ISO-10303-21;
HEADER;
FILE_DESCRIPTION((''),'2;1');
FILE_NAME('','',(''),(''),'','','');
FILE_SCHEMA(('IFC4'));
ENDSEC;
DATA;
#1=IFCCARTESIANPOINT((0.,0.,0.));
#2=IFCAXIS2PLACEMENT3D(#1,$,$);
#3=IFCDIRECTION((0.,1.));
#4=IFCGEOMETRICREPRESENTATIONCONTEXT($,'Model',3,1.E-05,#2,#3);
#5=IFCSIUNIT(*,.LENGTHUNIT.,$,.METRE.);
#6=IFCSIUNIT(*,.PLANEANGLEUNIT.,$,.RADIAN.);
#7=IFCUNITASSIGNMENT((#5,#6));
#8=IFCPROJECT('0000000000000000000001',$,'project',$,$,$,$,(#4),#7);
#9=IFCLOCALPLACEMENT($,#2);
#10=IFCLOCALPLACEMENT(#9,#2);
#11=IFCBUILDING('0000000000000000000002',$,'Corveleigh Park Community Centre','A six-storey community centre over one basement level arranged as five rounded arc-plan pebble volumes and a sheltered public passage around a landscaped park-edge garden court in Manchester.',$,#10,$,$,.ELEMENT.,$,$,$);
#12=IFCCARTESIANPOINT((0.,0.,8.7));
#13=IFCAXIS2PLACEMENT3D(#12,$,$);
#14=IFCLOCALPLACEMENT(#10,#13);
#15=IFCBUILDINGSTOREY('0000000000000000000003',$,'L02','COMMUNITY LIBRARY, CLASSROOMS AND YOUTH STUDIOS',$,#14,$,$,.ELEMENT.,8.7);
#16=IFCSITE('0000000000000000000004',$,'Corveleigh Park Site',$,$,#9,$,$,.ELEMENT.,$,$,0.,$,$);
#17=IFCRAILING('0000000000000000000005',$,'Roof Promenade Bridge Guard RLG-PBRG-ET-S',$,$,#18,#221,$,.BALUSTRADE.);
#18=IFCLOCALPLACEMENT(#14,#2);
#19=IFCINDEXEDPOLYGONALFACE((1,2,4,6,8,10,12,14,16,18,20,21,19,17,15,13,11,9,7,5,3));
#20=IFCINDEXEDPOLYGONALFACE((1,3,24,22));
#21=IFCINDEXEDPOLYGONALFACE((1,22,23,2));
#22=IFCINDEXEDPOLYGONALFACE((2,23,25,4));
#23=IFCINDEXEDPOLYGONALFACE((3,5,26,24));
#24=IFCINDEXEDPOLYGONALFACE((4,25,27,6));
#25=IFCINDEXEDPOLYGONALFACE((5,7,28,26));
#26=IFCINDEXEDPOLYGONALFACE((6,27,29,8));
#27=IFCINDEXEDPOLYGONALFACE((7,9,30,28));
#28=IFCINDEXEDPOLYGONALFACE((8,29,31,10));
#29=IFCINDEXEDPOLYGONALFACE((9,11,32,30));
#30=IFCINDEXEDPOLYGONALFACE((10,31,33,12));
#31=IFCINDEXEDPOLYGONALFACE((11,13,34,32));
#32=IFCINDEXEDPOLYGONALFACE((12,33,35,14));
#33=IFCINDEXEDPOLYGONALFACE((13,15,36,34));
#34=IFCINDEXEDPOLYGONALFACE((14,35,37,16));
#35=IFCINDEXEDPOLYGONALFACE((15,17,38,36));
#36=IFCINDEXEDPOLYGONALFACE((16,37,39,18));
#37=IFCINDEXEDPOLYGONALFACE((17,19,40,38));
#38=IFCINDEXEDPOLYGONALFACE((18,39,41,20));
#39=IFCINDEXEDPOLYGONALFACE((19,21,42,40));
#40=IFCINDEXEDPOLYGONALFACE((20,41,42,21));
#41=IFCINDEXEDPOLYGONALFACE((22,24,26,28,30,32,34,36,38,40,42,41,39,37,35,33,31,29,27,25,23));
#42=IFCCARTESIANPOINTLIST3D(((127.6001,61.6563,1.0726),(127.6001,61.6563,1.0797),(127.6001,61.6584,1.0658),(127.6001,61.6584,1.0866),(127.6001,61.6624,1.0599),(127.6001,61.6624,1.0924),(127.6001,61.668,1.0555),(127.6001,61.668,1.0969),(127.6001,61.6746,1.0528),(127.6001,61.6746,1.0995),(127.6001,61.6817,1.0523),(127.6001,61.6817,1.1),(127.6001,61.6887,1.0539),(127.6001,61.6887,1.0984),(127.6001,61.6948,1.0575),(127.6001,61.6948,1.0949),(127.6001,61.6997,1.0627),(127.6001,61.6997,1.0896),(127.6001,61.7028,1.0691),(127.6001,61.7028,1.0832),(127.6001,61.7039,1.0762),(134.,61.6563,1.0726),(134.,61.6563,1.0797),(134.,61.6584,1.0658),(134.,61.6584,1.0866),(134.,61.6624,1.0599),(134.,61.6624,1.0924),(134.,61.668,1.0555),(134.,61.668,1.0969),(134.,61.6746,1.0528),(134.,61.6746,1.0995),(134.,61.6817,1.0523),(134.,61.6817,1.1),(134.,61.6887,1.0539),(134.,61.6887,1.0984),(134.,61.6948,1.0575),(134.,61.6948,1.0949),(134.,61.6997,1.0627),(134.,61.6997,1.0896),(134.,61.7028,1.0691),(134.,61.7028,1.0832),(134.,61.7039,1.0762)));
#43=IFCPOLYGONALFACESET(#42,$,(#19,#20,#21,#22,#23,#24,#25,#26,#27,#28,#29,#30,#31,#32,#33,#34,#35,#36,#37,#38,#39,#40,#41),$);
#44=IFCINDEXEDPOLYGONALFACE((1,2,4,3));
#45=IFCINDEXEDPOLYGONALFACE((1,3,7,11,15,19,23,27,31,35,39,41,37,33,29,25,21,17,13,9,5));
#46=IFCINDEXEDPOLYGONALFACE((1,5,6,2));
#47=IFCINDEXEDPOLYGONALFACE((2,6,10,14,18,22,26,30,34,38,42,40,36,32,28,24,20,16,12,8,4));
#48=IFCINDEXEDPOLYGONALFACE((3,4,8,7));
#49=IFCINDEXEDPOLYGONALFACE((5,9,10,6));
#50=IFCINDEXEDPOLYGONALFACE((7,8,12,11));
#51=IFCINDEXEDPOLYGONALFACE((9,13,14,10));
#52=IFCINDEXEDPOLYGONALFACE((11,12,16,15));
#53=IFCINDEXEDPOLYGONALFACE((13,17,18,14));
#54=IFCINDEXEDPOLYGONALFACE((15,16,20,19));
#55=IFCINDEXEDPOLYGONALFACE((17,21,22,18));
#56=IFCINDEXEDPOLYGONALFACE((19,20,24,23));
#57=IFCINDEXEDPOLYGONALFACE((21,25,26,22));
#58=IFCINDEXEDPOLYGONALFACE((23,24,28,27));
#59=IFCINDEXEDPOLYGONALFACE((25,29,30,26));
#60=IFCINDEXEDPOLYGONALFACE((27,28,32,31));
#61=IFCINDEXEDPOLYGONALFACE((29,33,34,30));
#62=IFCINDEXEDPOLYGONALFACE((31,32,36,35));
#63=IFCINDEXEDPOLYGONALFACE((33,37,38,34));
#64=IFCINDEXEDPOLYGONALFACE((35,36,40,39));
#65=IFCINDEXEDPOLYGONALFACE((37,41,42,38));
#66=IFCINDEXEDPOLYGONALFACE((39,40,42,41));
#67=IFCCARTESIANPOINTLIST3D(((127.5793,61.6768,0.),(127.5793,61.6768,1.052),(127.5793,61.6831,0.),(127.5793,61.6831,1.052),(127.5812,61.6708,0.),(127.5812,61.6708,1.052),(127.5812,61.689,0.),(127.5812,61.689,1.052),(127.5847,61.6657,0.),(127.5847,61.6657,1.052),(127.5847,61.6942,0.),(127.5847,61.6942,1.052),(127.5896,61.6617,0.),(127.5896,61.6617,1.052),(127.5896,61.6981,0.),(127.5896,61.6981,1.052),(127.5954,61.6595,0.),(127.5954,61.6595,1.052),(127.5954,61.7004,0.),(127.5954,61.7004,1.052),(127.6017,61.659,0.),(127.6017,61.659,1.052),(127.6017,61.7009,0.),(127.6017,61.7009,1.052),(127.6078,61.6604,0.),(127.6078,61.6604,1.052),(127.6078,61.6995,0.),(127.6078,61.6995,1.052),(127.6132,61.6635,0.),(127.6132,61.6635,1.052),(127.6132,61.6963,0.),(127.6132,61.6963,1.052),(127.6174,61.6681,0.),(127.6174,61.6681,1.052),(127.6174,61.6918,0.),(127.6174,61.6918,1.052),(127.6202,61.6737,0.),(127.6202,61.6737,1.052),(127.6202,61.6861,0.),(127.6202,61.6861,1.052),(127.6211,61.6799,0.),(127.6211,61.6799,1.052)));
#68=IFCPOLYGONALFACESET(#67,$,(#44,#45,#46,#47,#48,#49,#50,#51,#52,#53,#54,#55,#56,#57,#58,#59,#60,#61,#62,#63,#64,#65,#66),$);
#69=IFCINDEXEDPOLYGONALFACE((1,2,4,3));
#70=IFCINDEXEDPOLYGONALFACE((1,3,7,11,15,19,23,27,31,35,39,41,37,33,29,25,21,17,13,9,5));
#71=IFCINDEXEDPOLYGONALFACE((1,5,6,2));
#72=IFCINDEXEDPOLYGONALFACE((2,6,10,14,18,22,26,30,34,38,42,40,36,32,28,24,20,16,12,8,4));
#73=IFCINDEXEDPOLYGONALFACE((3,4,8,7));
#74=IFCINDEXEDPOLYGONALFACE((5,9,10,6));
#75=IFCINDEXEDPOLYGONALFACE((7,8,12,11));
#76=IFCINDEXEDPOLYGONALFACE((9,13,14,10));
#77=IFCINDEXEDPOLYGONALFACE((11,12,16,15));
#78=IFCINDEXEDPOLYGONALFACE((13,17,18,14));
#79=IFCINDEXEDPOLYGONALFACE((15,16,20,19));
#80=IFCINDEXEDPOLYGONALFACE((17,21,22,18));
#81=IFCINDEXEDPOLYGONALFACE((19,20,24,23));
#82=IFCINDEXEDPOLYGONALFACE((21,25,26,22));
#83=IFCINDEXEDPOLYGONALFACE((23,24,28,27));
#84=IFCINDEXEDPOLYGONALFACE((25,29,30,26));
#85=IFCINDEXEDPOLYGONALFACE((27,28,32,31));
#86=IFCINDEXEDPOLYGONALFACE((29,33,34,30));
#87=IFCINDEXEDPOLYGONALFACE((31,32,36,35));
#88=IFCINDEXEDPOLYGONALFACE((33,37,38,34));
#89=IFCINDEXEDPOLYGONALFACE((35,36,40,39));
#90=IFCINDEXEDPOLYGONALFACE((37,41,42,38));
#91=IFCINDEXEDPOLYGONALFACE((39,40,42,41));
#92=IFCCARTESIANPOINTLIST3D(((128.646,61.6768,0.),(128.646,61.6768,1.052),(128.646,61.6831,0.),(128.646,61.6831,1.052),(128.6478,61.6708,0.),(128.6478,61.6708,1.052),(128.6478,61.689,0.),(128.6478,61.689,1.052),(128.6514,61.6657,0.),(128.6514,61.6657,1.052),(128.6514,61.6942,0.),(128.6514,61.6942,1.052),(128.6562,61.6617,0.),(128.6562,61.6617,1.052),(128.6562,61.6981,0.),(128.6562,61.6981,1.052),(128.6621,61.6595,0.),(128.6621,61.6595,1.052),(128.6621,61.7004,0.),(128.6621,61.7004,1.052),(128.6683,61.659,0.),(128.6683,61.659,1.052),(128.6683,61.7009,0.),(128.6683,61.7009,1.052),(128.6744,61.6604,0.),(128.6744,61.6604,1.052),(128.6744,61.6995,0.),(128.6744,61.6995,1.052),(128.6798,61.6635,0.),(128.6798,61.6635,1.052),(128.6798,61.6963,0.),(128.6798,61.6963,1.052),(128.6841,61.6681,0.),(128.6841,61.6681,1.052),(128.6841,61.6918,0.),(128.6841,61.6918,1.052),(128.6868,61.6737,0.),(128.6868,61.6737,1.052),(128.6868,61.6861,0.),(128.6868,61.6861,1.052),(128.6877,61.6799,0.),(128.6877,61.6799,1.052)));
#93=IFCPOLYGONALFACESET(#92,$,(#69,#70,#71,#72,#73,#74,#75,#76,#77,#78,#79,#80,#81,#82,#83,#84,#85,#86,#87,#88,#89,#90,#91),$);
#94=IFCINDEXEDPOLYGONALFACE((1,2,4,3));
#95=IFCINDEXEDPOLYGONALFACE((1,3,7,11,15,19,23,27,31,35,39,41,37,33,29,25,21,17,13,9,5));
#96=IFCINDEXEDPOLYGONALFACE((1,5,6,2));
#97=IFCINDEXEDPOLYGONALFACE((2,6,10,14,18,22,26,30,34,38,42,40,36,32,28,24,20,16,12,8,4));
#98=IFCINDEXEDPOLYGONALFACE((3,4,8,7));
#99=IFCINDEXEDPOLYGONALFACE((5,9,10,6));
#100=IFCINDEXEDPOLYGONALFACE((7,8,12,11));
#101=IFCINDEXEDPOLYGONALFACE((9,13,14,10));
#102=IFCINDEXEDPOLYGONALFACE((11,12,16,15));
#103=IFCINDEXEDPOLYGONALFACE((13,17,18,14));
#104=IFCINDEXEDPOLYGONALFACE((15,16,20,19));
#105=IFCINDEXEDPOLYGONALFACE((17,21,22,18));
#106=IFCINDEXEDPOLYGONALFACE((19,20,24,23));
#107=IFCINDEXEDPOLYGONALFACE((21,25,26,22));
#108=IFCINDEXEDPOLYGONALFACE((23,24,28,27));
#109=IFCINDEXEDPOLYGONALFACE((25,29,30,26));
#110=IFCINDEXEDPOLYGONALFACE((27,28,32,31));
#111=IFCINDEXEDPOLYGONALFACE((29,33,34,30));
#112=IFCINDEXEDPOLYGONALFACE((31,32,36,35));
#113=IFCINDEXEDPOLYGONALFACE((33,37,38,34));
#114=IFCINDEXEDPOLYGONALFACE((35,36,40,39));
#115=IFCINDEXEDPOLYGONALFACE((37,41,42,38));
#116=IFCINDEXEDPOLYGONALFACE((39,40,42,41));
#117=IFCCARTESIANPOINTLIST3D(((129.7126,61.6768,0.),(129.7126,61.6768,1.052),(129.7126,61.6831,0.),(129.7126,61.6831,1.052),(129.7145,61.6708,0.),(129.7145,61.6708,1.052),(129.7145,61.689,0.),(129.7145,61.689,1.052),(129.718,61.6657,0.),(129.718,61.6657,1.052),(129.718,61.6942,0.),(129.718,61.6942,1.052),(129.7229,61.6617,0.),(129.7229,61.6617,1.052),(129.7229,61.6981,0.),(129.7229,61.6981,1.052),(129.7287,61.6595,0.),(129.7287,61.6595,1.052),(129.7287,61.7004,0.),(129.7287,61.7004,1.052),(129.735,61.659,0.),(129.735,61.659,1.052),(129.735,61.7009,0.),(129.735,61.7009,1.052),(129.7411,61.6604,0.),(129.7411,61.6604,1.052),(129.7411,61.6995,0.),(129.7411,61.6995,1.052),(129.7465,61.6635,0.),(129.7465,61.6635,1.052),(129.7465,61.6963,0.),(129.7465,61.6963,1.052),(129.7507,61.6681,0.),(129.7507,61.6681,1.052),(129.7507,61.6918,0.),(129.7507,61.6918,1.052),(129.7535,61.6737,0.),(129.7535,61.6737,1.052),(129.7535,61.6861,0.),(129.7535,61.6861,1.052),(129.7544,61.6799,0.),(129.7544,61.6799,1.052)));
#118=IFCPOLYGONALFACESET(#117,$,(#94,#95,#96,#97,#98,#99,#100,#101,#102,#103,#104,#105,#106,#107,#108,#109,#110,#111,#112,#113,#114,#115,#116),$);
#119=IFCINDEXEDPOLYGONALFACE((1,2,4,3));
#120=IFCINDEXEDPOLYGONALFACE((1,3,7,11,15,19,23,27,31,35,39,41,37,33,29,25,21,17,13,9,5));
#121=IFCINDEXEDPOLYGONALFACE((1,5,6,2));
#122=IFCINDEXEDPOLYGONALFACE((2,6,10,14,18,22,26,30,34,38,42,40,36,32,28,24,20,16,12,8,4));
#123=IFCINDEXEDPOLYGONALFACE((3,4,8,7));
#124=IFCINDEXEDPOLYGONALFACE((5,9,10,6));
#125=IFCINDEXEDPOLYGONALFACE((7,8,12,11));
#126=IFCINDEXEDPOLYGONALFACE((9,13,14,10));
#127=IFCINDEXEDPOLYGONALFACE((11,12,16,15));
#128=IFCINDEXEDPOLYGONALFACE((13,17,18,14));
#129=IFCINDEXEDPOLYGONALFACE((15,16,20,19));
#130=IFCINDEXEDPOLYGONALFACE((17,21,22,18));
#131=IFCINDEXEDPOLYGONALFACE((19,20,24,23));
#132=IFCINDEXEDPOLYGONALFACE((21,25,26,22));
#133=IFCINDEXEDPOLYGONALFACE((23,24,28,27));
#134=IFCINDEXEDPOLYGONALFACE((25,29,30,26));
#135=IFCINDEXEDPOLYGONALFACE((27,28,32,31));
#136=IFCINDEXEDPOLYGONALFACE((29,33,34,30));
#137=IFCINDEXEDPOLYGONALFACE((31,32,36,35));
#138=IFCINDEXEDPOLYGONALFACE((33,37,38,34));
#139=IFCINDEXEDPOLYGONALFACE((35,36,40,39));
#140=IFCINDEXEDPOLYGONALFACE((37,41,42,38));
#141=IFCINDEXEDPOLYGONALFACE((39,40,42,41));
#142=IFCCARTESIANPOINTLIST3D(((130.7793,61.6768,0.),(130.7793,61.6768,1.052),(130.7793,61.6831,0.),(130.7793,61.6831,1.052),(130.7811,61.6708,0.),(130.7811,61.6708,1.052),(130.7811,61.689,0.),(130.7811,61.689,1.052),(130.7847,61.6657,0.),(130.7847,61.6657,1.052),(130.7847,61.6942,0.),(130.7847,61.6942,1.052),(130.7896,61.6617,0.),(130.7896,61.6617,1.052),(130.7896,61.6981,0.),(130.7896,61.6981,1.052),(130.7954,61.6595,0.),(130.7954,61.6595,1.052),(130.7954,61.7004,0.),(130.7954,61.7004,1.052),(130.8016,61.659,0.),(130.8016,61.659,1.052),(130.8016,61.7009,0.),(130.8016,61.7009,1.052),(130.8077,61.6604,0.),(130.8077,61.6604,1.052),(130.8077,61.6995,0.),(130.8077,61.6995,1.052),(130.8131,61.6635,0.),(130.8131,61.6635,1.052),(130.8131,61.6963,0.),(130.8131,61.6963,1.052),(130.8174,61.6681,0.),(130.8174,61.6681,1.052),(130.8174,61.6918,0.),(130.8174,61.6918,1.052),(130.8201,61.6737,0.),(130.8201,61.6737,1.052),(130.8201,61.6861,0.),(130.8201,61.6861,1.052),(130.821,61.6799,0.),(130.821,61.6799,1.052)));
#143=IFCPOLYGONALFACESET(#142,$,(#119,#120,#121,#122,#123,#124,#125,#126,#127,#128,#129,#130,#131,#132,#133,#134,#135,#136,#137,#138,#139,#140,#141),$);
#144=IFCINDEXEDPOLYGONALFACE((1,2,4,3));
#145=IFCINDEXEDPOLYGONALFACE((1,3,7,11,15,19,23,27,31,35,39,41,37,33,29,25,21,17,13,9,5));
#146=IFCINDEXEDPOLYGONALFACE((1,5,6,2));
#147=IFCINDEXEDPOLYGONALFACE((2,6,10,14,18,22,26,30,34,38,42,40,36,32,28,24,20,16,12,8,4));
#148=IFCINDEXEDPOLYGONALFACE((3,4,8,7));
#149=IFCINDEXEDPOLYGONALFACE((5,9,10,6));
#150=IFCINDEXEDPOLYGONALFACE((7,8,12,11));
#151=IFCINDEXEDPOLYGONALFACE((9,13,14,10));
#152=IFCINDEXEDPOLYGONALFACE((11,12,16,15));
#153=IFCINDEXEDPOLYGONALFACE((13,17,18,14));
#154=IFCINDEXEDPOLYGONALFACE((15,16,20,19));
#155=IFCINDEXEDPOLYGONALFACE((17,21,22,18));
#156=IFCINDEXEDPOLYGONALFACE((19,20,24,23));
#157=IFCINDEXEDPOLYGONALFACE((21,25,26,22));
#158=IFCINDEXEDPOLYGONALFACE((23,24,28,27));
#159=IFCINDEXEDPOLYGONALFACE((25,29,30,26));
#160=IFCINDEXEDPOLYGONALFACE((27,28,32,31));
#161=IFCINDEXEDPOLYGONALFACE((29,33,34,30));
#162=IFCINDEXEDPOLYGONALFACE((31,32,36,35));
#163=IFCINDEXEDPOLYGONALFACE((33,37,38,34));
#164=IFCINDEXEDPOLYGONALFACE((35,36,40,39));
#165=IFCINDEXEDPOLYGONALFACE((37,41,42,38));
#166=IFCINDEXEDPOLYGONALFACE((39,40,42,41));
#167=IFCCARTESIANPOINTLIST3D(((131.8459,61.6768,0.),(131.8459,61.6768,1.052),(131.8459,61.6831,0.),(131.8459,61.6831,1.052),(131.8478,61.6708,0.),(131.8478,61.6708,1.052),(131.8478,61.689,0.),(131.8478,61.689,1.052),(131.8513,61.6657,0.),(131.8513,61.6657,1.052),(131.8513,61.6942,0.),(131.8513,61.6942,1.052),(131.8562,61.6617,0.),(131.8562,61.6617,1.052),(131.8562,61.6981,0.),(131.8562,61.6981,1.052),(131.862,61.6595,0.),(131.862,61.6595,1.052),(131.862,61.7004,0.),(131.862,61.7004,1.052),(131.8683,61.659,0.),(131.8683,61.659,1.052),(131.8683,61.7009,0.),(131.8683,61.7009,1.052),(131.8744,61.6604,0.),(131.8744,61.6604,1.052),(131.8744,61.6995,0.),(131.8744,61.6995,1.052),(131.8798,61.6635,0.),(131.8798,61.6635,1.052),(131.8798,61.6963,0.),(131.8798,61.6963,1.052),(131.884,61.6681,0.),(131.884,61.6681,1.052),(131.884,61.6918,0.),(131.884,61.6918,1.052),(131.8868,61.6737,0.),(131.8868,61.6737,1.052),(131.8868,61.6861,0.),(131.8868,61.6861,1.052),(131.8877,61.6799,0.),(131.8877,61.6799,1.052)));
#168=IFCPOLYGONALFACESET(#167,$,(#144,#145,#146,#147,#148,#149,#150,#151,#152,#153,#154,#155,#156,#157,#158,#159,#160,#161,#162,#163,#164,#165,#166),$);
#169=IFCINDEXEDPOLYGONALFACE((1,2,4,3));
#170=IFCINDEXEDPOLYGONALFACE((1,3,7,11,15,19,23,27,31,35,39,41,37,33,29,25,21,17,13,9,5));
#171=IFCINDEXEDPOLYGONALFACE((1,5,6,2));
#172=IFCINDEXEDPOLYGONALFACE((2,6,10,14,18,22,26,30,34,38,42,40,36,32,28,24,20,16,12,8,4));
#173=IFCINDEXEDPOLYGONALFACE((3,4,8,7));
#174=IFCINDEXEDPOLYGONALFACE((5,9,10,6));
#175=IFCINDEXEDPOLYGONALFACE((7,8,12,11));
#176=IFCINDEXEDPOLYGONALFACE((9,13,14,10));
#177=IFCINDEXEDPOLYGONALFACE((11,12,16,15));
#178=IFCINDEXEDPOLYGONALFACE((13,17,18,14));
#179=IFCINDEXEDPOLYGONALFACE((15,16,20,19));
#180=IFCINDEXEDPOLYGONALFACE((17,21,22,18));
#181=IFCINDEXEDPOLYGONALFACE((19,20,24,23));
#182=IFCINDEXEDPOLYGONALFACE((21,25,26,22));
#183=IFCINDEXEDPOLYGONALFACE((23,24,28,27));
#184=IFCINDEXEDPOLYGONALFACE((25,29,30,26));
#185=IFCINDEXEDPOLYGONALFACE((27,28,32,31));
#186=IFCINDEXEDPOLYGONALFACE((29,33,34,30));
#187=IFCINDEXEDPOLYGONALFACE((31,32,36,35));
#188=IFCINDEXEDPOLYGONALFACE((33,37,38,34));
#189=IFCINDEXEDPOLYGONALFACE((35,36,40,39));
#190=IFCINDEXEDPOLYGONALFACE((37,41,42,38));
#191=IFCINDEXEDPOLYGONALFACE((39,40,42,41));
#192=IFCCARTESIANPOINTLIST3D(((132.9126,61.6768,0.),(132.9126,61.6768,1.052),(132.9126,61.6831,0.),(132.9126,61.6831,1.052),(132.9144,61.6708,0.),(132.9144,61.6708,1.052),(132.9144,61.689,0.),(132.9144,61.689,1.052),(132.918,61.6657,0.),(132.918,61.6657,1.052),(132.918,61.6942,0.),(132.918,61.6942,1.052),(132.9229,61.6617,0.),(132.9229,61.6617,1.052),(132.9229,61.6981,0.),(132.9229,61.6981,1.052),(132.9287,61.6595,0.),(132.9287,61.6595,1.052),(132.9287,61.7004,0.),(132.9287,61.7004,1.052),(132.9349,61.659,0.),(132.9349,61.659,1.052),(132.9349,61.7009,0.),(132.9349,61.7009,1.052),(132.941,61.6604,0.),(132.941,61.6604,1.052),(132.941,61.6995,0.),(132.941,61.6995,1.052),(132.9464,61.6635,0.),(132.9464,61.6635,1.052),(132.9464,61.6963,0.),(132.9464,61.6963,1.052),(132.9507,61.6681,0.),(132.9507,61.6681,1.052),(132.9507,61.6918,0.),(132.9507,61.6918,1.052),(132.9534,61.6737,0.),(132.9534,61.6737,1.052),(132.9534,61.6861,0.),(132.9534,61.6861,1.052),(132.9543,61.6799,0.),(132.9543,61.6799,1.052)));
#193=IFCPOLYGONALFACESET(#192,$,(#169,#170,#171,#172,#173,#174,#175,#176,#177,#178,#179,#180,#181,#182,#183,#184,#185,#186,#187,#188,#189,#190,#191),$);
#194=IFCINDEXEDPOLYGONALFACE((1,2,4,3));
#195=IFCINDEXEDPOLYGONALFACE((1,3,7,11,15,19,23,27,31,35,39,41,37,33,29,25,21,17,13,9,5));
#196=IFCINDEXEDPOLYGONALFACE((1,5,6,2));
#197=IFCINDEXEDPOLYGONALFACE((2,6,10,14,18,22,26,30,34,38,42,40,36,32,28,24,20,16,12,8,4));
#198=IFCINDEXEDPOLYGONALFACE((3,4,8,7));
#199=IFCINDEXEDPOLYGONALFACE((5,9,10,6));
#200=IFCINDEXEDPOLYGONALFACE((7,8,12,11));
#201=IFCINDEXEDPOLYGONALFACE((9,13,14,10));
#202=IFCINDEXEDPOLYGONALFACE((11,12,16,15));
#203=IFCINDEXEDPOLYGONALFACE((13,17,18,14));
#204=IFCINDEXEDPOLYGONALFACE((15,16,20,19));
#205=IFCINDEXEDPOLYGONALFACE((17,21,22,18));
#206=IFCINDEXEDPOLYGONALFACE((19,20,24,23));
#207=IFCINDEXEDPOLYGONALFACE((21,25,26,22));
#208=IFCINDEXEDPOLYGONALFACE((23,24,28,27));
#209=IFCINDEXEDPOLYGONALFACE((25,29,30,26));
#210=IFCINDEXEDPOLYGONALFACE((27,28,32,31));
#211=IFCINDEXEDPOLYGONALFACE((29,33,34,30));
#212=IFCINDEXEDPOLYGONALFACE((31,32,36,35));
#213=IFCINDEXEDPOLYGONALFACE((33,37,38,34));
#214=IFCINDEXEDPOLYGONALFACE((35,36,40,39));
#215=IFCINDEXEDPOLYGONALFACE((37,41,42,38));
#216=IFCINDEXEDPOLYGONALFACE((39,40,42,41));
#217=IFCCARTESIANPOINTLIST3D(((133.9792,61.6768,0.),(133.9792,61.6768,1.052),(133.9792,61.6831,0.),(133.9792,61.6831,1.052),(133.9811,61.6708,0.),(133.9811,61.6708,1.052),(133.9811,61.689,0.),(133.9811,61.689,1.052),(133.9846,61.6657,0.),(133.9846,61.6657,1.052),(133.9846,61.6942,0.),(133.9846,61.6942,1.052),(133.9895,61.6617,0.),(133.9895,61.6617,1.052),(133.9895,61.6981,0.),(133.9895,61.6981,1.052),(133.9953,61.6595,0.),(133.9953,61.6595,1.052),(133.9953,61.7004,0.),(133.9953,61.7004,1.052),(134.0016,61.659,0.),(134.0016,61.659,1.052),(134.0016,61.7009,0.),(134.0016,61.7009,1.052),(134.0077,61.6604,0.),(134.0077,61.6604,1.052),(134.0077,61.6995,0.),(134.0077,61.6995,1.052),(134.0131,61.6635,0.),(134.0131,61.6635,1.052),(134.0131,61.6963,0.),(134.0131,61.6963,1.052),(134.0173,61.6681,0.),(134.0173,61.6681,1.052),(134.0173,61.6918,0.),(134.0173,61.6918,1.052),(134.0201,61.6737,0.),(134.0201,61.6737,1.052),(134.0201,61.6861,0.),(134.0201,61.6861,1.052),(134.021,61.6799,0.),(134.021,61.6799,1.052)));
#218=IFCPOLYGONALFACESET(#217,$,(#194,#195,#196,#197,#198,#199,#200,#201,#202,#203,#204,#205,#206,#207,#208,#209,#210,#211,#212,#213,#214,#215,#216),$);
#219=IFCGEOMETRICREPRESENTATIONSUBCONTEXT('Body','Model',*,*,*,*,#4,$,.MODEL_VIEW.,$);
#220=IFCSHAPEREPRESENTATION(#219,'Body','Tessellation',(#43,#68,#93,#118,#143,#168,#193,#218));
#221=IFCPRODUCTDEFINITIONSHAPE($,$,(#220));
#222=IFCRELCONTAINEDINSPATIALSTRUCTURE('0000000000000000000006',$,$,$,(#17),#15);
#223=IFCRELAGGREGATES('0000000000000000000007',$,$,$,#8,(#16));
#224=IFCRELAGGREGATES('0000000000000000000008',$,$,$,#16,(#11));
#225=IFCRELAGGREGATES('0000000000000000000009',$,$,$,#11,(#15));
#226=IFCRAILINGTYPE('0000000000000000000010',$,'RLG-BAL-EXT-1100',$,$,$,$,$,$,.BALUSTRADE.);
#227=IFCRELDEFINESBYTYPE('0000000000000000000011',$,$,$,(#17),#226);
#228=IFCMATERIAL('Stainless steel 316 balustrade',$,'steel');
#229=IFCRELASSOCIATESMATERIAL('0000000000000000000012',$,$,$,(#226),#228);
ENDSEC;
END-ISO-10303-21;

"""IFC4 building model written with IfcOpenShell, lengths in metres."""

from ifc_helpers import new_model, si_unit, direction, frame, origin, origin_2d, place, context, subcontext, project, spatial, circle, extrude, material, type_object, element, save


model = new_model("IFC4")

# Units and contexts
model_context = context("Model", 3, precision=1e-05, world=origin(), true_north=direction((0.0, 1.0)))
body_context = subcontext(model_context, "Body", "Model", "MODEL_VIEW")
ifc_project = project(units=[si_unit("LENGTHUNIT", "METRE"), si_unit("PLANEANGLEUNIT", "RADIAN")], contexts=[model_context])

# Site, building, storey
site_placement = place(None, origin())
site = spatial("IfcSite", under=ifc_project, at=site_placement, Name="Corveleigh Park Site", CompositionType="ELEMENT", RefElevation=0.0)
building_placement = place(site_placement, origin())
building = spatial("IfcBuilding", under=site, at=building_placement, Name="Corveleigh Park Community Centre", Description="A six-storey community centre over one basement level arranged as five rounded arc-plan pebble volumes and a sheltered public passage around a landscaped park-edge garden court in Manchester.", CompositionType="ELEMENT")
storey_placement = place(building_placement, frame((0.0, 0.0, 8.7)))
storey = spatial("IfcBuildingStorey", under=building, at=storey_placement, Name="L02", Description="COMMUNITY LIBRARY, CLASSROOMS AND YOUTH STUDIOS", CompositionType="ELEMENT", Elevation=8.7)

# Railing
ifc_material_1 = material(Name="Stainless steel 316 balustrade", Category="steel")
railing_type = type_object("IfcRailingType", Name="RLG-BAL-EXT-1100", PredefinedType="BALUSTRADE", material=ifc_material_1)
for number, where, name in (
    (1, (127.6001, 61.6799, 0.0), "Roof Promenade Bridge Guard RLG-PBRG-ET-S"),
):
    element("IfcRailing", number, at=place(storey_placement, frame(where)), inside=storey, type_object=railing_type, Name=name, PredefinedType="BALUSTRADE", context=body_context, shape_type="SweptSolid", body=[
        extrude(circle(Radius=0.0239, at=origin_2d()), frame((0.0, 0.0, 1.0762), z_axis=(1.0, 0.0, 0.0), x_axis=(0.0, 1.0, 0.0)), (0.0, 0.0, 1.0), 6.3999),
        extrude(circle(Radius=0.021, at=origin_2d()), origin(), (0.0, 0.0, 1.0), 1.052),
        extrude(circle(Radius=0.021, at=origin_2d()), frame((1.0667, 0.0, 0.0)), (0.0, 0.0, 1.0), 1.052),
        extrude(circle(Radius=0.021, at=origin_2d()), frame((2.1333, 0.0, 0.0)), (0.0, 0.0, 1.0), 1.052),
        extrude(circle(Radius=0.021, at=origin_2d()), frame((3.2, 0.0, 0.0)), (0.0, 0.0, 1.0), 1.052),
        extrude(circle(Radius=0.021, at=origin_2d()), frame((4.2666, 0.0, 0.0)), (0.0, 0.0, 1.0), 1.052),
        extrude(circle(Radius=0.021, at=origin_2d()), frame((5.3333, 0.0, 0.0)), (0.0, 0.0, 1.0), 1.052),
        extrude(circle(Radius=0.021, at=origin_2d()), frame((6.3999, 0.0, 0.0)), (0.0, 0.0, 1.0), 1.052),
    ])

save(model, "model.ifc")
